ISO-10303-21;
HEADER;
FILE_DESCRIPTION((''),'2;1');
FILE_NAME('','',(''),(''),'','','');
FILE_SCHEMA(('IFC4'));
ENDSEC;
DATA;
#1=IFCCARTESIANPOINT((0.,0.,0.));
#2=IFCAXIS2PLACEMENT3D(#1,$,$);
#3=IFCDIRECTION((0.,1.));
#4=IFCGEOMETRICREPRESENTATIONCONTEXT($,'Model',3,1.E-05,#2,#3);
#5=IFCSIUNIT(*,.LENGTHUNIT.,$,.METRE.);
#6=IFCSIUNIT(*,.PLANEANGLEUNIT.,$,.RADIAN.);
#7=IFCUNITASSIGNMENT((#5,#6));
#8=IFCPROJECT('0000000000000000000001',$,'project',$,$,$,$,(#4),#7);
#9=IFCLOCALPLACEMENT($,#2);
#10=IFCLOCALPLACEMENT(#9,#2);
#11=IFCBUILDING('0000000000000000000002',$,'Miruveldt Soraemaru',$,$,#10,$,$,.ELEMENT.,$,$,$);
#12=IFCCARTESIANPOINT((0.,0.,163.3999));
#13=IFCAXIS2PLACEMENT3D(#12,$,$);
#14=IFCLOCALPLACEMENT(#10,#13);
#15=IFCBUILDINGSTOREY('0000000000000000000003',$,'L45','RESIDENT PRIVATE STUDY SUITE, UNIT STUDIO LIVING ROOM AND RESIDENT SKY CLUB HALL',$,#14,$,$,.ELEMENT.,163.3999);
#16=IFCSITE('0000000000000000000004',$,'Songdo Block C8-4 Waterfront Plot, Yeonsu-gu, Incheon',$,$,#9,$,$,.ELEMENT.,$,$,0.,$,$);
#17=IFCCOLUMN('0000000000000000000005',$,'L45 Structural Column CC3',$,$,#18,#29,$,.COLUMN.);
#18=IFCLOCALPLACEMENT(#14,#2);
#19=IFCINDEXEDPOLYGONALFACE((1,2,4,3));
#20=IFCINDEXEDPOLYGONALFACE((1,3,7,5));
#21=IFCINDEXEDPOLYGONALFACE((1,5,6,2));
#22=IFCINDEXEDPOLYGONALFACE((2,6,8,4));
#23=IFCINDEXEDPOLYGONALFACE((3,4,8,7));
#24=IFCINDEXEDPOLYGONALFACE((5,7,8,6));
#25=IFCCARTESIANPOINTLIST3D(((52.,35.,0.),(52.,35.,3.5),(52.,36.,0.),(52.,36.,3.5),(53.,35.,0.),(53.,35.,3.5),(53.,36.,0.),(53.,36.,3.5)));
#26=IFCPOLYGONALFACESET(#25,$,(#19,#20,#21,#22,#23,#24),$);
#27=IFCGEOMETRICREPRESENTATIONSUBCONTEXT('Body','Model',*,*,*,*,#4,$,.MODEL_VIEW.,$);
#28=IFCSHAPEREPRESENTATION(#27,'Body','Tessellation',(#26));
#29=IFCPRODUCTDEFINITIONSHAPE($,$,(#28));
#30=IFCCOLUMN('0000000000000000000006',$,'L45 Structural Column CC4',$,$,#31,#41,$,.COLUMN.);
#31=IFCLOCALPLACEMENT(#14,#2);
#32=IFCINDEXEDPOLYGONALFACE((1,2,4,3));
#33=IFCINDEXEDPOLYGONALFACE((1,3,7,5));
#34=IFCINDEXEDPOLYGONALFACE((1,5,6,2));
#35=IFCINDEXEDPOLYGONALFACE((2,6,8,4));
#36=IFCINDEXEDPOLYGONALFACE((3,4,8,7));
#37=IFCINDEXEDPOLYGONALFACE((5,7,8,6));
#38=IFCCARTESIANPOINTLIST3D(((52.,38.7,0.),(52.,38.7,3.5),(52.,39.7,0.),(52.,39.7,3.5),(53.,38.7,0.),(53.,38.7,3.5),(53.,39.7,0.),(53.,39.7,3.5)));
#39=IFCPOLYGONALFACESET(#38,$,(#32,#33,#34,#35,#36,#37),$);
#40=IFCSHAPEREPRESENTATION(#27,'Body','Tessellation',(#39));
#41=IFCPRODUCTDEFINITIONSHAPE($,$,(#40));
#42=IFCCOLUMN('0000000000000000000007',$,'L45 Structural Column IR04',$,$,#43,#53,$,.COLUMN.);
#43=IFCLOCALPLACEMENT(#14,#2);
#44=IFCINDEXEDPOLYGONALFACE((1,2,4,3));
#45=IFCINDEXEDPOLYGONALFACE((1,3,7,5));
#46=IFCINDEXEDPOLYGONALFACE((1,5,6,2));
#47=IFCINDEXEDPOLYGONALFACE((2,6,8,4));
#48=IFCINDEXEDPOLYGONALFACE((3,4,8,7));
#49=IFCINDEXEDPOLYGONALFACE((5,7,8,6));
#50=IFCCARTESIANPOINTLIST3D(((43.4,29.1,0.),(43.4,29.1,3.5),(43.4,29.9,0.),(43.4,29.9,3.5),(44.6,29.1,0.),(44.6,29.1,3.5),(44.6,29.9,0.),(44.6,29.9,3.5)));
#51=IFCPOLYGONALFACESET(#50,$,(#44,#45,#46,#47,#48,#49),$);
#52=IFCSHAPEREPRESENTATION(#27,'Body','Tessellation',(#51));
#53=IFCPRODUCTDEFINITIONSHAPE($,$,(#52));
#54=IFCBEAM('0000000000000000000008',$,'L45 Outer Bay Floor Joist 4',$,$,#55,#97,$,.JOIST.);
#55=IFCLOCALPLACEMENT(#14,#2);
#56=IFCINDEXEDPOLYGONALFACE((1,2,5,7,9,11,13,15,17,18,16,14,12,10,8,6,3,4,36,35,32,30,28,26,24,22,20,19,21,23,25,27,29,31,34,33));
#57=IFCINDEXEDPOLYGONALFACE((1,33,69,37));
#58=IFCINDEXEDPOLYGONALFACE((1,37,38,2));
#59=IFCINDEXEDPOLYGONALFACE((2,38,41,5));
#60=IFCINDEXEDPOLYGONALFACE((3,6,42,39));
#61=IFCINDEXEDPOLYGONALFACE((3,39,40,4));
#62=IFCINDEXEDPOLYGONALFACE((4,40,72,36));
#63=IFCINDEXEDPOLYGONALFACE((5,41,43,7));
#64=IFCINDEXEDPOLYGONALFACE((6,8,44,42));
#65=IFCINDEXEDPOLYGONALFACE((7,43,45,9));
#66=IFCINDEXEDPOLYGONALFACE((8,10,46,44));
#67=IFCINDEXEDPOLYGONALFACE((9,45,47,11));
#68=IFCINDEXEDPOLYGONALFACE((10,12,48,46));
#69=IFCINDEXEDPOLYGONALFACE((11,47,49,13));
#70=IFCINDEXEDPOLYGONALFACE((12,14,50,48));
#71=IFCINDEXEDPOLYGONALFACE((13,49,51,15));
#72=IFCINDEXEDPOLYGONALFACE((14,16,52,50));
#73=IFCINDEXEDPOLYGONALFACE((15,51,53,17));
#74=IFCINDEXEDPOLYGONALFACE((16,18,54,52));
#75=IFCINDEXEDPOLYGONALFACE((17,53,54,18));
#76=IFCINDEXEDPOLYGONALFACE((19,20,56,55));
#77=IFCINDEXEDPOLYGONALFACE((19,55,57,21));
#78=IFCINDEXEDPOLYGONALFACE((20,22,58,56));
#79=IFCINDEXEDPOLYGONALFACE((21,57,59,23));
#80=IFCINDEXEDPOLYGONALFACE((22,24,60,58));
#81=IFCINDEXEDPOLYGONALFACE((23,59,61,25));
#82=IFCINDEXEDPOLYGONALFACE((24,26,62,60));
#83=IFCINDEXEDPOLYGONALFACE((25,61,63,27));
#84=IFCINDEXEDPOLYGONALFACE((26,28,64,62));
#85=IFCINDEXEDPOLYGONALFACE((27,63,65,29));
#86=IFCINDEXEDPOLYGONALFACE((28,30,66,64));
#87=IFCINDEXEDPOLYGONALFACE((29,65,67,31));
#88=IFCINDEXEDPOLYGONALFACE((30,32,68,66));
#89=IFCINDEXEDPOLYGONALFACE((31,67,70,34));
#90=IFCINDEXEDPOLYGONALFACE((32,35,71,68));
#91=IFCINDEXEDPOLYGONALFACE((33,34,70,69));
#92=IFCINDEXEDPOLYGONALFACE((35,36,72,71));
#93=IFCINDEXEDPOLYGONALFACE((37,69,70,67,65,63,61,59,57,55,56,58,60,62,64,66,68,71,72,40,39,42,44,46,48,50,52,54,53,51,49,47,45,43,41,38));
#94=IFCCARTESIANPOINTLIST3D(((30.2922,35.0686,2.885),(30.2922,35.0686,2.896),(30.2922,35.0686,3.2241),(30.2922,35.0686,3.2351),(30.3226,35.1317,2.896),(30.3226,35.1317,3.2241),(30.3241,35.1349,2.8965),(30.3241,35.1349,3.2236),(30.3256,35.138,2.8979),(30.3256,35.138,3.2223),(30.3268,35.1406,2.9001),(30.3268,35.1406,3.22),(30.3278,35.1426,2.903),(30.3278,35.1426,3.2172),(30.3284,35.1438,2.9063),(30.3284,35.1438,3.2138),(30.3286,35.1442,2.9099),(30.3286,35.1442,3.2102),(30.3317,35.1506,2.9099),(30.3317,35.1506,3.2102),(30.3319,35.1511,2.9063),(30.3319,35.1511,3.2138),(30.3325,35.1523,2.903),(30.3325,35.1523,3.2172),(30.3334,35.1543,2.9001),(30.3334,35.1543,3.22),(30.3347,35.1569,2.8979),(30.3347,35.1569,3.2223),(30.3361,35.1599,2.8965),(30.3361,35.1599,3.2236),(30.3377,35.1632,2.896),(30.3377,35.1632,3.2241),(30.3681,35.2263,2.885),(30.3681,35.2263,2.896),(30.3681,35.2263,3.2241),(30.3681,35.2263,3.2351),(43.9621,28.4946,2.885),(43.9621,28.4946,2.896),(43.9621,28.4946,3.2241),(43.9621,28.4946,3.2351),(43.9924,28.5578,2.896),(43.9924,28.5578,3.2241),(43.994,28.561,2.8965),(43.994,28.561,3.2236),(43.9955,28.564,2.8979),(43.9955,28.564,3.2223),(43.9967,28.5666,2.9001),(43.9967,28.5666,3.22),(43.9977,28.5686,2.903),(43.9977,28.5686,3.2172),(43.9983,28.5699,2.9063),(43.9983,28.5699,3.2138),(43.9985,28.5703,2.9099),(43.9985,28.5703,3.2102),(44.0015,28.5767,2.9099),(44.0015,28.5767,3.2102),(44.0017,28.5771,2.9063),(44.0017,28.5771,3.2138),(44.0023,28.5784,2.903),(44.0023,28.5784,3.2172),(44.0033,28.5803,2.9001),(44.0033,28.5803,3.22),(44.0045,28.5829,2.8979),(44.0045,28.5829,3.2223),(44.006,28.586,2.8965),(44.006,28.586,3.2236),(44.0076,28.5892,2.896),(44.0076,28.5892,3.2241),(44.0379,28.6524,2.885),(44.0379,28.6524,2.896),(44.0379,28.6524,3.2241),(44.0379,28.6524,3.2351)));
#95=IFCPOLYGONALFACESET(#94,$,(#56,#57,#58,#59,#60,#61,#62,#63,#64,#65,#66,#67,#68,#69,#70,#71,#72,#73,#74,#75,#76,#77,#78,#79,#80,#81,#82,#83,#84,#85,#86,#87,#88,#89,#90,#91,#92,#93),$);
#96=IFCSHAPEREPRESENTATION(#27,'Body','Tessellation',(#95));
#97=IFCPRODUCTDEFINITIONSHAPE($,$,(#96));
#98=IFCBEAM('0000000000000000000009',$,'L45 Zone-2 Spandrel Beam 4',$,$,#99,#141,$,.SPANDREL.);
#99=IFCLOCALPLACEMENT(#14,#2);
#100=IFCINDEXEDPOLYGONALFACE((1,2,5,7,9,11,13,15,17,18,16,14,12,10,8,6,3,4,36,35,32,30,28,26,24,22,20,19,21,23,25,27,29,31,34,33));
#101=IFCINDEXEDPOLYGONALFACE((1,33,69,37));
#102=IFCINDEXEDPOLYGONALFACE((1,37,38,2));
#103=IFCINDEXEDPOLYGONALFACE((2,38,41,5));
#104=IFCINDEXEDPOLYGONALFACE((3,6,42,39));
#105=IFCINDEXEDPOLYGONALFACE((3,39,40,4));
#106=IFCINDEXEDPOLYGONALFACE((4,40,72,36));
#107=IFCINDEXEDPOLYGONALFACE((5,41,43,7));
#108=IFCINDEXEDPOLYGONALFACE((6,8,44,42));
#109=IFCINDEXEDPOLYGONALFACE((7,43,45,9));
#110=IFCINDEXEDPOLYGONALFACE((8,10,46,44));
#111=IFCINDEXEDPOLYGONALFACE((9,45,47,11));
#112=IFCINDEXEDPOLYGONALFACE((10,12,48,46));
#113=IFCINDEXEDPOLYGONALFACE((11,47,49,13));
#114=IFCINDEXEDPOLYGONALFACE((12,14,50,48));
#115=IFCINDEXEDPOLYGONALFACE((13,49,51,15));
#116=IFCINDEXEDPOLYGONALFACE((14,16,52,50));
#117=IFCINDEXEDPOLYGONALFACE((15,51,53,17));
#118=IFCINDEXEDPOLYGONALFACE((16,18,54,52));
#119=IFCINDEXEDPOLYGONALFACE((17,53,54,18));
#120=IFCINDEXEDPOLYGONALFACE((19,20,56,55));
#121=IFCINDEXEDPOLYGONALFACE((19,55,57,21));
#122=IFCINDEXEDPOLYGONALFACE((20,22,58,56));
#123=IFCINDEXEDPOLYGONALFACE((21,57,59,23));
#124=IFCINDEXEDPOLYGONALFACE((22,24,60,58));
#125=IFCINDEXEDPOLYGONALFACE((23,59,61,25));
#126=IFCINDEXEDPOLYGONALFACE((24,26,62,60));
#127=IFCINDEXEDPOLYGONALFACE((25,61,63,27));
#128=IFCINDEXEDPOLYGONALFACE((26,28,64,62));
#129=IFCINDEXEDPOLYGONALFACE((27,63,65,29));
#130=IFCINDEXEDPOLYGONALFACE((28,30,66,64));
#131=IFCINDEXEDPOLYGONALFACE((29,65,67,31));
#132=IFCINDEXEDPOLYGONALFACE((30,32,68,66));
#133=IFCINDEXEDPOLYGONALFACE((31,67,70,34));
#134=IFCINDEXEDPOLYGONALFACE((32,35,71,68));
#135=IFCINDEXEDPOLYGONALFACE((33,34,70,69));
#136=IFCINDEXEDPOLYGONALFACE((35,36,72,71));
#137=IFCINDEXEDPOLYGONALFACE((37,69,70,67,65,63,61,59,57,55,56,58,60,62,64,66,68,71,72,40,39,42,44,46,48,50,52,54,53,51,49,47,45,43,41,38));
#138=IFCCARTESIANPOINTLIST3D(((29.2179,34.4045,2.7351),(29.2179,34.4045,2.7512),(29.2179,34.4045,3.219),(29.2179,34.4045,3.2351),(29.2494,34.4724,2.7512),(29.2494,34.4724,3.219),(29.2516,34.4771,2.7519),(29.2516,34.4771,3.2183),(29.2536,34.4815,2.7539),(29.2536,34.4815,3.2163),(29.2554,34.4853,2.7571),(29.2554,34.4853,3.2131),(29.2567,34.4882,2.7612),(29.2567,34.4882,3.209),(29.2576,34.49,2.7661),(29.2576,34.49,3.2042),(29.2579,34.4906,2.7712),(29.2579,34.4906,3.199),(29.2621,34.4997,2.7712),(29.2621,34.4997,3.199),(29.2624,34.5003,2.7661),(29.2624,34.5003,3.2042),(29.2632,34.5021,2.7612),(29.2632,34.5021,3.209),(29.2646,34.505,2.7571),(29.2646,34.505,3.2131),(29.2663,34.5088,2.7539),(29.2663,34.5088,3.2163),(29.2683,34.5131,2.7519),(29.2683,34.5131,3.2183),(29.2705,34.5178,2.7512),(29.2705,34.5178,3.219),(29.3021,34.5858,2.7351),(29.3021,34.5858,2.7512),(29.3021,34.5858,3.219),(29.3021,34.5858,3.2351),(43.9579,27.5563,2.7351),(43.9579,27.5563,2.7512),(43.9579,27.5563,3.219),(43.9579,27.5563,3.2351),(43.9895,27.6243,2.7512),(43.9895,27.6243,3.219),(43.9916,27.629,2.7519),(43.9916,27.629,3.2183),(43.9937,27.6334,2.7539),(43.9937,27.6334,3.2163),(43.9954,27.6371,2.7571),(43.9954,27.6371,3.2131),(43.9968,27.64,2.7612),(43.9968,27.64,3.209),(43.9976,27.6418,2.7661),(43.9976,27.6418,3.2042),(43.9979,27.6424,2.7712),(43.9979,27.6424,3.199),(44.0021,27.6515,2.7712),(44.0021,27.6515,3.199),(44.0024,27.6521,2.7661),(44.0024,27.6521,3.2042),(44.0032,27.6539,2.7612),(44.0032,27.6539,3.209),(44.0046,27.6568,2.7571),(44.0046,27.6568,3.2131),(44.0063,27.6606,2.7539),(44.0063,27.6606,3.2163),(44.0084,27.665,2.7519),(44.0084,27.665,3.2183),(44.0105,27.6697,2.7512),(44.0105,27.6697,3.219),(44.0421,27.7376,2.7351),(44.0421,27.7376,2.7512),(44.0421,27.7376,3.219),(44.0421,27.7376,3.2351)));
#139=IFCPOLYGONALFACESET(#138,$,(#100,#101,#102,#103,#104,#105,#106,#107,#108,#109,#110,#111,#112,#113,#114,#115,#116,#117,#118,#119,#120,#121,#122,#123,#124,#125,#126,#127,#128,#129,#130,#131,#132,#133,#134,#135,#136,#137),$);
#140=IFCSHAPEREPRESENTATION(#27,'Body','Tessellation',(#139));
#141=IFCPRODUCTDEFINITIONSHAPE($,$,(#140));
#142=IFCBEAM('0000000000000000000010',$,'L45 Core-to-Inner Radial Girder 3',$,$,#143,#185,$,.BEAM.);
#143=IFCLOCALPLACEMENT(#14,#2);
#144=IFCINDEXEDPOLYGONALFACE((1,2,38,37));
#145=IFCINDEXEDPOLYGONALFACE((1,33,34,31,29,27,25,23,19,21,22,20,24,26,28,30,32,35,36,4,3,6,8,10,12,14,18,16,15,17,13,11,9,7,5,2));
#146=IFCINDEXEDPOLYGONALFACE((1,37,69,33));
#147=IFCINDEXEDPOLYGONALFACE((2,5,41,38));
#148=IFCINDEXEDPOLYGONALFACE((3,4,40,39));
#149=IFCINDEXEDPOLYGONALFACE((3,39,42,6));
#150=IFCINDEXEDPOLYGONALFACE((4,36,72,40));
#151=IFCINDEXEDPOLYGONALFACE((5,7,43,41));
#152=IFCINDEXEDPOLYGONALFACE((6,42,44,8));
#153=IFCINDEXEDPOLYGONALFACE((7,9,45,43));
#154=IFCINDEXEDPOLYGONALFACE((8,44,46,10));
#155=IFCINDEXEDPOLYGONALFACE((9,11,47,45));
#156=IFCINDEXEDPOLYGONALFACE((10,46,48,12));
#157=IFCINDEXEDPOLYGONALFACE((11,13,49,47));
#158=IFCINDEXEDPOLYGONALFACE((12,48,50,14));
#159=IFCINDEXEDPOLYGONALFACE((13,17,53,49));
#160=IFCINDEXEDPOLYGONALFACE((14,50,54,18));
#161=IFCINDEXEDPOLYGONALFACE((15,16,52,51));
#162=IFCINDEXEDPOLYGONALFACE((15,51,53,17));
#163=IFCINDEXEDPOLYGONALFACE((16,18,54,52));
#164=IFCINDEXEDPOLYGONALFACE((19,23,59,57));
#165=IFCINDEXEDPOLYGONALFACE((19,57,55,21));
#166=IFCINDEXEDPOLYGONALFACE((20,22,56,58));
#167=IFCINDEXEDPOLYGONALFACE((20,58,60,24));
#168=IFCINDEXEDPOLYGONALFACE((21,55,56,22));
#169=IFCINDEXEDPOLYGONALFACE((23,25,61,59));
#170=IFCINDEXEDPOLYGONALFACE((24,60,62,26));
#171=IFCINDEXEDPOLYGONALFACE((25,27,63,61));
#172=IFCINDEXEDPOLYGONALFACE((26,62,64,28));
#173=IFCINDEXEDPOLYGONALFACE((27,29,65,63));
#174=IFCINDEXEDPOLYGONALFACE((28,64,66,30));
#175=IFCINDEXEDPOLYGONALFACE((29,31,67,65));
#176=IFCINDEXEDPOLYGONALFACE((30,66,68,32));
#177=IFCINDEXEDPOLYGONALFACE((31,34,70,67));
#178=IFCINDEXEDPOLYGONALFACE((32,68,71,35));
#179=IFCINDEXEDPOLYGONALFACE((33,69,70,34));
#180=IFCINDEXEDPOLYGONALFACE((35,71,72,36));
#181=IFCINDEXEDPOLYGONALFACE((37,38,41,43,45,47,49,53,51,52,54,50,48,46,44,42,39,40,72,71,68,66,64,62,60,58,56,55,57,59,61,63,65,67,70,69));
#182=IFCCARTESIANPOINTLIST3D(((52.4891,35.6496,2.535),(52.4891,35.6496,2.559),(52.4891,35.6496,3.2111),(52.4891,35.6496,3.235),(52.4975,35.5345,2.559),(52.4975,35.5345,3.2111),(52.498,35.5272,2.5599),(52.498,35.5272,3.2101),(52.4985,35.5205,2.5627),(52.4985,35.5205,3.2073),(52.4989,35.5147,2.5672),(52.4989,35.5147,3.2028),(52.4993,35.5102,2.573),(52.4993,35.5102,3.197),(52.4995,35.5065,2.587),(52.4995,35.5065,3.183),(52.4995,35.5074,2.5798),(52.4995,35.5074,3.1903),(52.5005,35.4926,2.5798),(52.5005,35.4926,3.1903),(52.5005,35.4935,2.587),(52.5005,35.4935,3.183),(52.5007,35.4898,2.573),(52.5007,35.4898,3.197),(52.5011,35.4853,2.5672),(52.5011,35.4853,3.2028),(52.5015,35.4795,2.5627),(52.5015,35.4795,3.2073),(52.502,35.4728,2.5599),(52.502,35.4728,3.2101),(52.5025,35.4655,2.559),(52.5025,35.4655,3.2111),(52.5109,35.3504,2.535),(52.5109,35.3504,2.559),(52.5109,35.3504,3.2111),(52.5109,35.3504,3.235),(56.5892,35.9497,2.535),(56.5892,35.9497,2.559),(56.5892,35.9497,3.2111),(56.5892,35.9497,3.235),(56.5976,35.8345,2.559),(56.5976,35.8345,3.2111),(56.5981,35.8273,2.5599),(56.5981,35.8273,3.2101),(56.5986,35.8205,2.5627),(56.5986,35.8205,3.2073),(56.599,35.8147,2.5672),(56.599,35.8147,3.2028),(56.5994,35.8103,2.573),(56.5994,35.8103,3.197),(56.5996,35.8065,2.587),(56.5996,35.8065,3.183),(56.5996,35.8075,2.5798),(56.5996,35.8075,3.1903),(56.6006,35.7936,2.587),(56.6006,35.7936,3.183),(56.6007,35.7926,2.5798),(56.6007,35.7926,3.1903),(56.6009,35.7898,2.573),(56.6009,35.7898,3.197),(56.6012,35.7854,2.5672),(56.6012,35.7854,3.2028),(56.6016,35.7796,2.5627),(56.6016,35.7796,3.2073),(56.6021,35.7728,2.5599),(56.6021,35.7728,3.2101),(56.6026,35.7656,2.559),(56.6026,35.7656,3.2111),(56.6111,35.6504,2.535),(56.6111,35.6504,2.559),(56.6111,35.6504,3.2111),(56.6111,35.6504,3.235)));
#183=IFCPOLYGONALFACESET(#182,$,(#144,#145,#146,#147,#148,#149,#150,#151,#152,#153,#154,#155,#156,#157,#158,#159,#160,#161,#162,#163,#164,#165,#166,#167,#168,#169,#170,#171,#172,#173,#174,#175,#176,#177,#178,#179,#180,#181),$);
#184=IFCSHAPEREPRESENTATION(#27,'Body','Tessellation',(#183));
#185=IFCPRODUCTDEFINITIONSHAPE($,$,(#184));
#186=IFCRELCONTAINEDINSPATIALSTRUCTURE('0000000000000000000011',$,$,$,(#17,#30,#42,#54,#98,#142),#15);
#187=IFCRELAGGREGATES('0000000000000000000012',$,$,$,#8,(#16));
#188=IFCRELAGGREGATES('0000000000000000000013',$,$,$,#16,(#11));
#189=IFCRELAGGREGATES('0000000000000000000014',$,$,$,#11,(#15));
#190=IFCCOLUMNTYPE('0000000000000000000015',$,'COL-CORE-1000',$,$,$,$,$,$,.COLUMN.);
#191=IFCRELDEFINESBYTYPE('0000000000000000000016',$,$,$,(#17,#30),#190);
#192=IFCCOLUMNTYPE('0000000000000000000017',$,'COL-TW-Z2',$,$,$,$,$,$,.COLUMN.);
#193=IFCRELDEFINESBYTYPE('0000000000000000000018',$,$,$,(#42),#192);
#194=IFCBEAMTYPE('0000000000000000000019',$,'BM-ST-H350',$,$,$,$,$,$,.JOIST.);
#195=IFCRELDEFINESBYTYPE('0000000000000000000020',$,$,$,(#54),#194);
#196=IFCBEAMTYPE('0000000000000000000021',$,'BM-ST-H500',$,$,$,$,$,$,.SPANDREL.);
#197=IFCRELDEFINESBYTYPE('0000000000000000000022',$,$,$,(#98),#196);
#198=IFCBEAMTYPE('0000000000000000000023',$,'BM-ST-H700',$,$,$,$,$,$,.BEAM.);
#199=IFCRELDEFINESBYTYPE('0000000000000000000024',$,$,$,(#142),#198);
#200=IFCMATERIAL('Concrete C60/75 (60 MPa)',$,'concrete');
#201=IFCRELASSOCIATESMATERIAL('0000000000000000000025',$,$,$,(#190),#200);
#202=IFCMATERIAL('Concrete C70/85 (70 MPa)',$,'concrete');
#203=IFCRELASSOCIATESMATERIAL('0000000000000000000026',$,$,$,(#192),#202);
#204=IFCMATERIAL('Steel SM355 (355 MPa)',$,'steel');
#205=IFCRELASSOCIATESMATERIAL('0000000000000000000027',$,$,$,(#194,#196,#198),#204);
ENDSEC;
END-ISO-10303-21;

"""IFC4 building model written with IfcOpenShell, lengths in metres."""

from ifc_helpers import new_model, si_unit, direction, frame, origin, origin_2d, place, context, subcontext, project, spatial, rectangle, i_section, extrude, material, material_profile, profile_set, type_object, element, save


model = new_model("IFC4")

# Units and contexts
model_context = context("Model", 3, precision=1e-05, world=origin(), true_north=direction((0.0, 1.0)))
body_context = subcontext(model_context, "Body", "Model", "MODEL_VIEW")
ifc_project = project(units=[si_unit("LENGTHUNIT", "METRE"), si_unit("PLANEANGLEUNIT", "RADIAN")], contexts=[model_context])

# Site, building, storey
site_placement = place(None, origin())
site = spatial("IfcSite", under=ifc_project, at=site_placement, Name="Songdo Block C8-4 Waterfront Plot, Yeonsu-gu, Incheon", CompositionType="ELEMENT", RefElevation=0.0)
building_placement = place(site_placement, origin())
building = spatial("IfcBuilding", under=site, at=building_placement, Name="Miruveldt Soraemaru", CompositionType="ELEMENT")
storey_placement = place(building_placement, frame((0.0, 0.0, 163.3999)))
storey = spatial("IfcBuildingStorey", under=building, at=storey_placement, Name="L45", Description="RESIDENT PRIVATE STUDY SUITE, UNIT STUDIO LIVING ROOM AND RESIDENT SKY CLUB HALL", CompositionType="ELEMENT", Elevation=163.3999)

# Columns
ifc_material_1 = material(Name="Concrete C60/75 (60 MPa)", Category="concrete")
ifc_material_profile_1 = material_profile(ifc_material_1, rectangle(XDim=1.0, YDim=1.0, at=origin_2d()), Name="Concrete C60/75 (60 MPa)", Category="concrete")
ifc_profile_set_1 = profile_set([ifc_material_profile_1], Name="Concrete C60/75 (60 MPa)")
column_type_1 = type_object("IfcColumnType", Name="COL-CORE-1000", PredefinedType="COLUMN", material=ifc_profile_set_1)
for number, where, z_axis, x_axis, name in (
    (1, (52.5, 35.5, 0.0), (0.0, 0.0, 1.0), (1.0, 0.0, 0.0), "L45 Structural Column CC3"),
    (2, (52.5, 39.2, 0.0), (0.0, 0.0, 1.0), (1.0, 0.0, 0.0), "L45 Structural Column CC4"),
):
    element("IfcColumn", number, at=place(storey_placement, frame(where, z_axis=z_axis, x_axis=x_axis)), inside=storey, type_object=column_type_1, Name=name, PredefinedType="COLUMN", context=body_context, shape_type="SweptSolid", body=[
        extrude(rectangle(XDim=1.0, YDim=1.0, at=origin_2d()), origin(), (0.0, 0.0, 1.0), 3.5),
    ])
ifc_material_2 = material(Name="Concrete C70/85 (70 MPa)", Category="concrete")
ifc_material_profile_2 = material_profile(ifc_material_2, rectangle(XDim=1.2, YDim=0.8, at=origin_2d()), Name="Concrete C70/85 (70 MPa)", Category="concrete")
ifc_profile_set_2 = profile_set([ifc_material_profile_2], Name="Concrete C70/85 (70 MPa)")
column_type_2 = type_object("IfcColumnType", Name="COL-TW-Z2", PredefinedType="COLUMN", material=ifc_profile_set_2)
column_placement = place(storey_placement, frame((44.0, 29.5, 0.0), z_axis=(0.0, 0.0, 1.0), x_axis=(1.0, 0.0, 0.0)))
element("IfcColumn", 3, at=column_placement, inside=storey, type_object=column_type_2, Name="L45 Structural Column IR04", PredefinedType="COLUMN", context=body_context, shape_type="SweptSolid", body=[
    extrude(rectangle(XDim=1.2, YDim=0.8, at=origin_2d()), origin(), (0.0, 0.0, 1.0), 3.5),
])

# Beams
ifc_material_3 = material(Name="Steel SM355 (355 MPa)", Category="steel")
ifc_material_profile_3 = material_profile(ifc_material_3, i_section(OverallWidth=0.175, OverallDepth=0.3501, WebThickness=0.0071, FlangeThickness=0.011, FilletRadius=0.0139, at=origin_2d()), Name="Steel SM355 (355 MPa)", Category="steel")
ifc_profile_set_3 = profile_set([ifc_material_profile_3], Name="Steel SM355 (355 MPa)")
beam_type_1 = type_object("IfcBeamType", Name="BM-ST-H350", PredefinedType="JOIST", material=ifc_profile_set_3)
beam_1_placement = place(storey_placement, frame((44.0, 28.5735, 3.0601), z_axis=(-0.901204, 0.433396, 0.0), x_axis=(-0.433396, -0.901204, 0.0)))
element("IfcBeam", 4, at=beam_1_placement, inside=storey, type_object=beam_type_1, Name="L45 Outer Bay Floor Joist 4", PredefinedType="JOIST", context=body_context, shape_type="SweptSolid", body=[
    extrude(i_section(OverallWidth=0.175, OverallDepth=0.3501, WebThickness=0.0071, FlangeThickness=0.011, FilletRadius=0.0139, at=origin_2d()), origin(), (0.0, 0.0, 1.0), 15.1685),
])
ifc_material_profile_4 = material_profile(ifc_material_3, i_section(OverallWidth=0.2, OverallDepth=0.5, WebThickness=0.01, FlangeThickness=0.0161, FilletRadius=0.02, at=origin_2d()), Name="Steel SM355 (355 MPa)", Category="steel")
ifc_profile_set_4 = profile_set([ifc_material_profile_4], Name="Steel SM355 (355 MPa)")
beam_type_2 = type_object("IfcBeamType", Name="BM-ST-H500", PredefinedType="SPANDREL", material=ifc_profile_set_4)
beam_2_placement = place(storey_placement, frame((44.0, 27.647, 2.9851), z_axis=(-0.906901, 0.421343, 0.0), x_axis=(-0.421343, -0.906901, 0.0)))
element("IfcBeam", 5, at=beam_2_placement, inside=storey, type_object=beam_type_2, Name="L45 Zone-2 Spandrel Beam 4", PredefinedType="SPANDREL", context=body_context, shape_type="SweptSolid", body=[
    extrude(i_section(OverallWidth=0.2, OverallDepth=0.5, WebThickness=0.01, FlangeThickness=0.0161, FilletRadius=0.02, at=origin_2d()), origin(), (0.0, 0.0, 1.0), 16.2532),
])
ifc_material_profile_5 = material_profile(ifc_material_3, i_section(OverallWidth=0.3, OverallDepth=0.7, WebThickness=0.0129, FlangeThickness=0.0239, FilletRadius=0.0281, at=origin_2d()), Name="Steel SM355 (355 MPa)", Category="steel")
ifc_profile_set_5 = profile_set([ifc_material_profile_5], Name="Steel SM355 (355 MPa)")
beam_type_3 = type_object("IfcBeamType", Name="BM-ST-H700", PredefinedType="BEAM", material=ifc_profile_set_5)
beam_3_placement = place(storey_placement, frame((52.5, 35.5, 2.885), z_axis=(0.997333, 0.072986, 0.0), x_axis=(-0.072986, 0.997333, 0.0)))
element("IfcBeam", 6, at=beam_3_placement, inside=storey, type_object=beam_type_3, Name="L45 Core-to-Inner Radial Girder 3", PredefinedType="BEAM", context=body_context, shape_type="SweptSolid", body=[
    extrude(i_section(OverallWidth=0.3, OverallDepth=0.7, WebThickness=0.0129, FlangeThickness=0.0239, FilletRadius=0.0281, at=origin_2d()), origin(), (0.0, 0.0, 1.0), 4.1111),
])

save(model, "model.ifc")
